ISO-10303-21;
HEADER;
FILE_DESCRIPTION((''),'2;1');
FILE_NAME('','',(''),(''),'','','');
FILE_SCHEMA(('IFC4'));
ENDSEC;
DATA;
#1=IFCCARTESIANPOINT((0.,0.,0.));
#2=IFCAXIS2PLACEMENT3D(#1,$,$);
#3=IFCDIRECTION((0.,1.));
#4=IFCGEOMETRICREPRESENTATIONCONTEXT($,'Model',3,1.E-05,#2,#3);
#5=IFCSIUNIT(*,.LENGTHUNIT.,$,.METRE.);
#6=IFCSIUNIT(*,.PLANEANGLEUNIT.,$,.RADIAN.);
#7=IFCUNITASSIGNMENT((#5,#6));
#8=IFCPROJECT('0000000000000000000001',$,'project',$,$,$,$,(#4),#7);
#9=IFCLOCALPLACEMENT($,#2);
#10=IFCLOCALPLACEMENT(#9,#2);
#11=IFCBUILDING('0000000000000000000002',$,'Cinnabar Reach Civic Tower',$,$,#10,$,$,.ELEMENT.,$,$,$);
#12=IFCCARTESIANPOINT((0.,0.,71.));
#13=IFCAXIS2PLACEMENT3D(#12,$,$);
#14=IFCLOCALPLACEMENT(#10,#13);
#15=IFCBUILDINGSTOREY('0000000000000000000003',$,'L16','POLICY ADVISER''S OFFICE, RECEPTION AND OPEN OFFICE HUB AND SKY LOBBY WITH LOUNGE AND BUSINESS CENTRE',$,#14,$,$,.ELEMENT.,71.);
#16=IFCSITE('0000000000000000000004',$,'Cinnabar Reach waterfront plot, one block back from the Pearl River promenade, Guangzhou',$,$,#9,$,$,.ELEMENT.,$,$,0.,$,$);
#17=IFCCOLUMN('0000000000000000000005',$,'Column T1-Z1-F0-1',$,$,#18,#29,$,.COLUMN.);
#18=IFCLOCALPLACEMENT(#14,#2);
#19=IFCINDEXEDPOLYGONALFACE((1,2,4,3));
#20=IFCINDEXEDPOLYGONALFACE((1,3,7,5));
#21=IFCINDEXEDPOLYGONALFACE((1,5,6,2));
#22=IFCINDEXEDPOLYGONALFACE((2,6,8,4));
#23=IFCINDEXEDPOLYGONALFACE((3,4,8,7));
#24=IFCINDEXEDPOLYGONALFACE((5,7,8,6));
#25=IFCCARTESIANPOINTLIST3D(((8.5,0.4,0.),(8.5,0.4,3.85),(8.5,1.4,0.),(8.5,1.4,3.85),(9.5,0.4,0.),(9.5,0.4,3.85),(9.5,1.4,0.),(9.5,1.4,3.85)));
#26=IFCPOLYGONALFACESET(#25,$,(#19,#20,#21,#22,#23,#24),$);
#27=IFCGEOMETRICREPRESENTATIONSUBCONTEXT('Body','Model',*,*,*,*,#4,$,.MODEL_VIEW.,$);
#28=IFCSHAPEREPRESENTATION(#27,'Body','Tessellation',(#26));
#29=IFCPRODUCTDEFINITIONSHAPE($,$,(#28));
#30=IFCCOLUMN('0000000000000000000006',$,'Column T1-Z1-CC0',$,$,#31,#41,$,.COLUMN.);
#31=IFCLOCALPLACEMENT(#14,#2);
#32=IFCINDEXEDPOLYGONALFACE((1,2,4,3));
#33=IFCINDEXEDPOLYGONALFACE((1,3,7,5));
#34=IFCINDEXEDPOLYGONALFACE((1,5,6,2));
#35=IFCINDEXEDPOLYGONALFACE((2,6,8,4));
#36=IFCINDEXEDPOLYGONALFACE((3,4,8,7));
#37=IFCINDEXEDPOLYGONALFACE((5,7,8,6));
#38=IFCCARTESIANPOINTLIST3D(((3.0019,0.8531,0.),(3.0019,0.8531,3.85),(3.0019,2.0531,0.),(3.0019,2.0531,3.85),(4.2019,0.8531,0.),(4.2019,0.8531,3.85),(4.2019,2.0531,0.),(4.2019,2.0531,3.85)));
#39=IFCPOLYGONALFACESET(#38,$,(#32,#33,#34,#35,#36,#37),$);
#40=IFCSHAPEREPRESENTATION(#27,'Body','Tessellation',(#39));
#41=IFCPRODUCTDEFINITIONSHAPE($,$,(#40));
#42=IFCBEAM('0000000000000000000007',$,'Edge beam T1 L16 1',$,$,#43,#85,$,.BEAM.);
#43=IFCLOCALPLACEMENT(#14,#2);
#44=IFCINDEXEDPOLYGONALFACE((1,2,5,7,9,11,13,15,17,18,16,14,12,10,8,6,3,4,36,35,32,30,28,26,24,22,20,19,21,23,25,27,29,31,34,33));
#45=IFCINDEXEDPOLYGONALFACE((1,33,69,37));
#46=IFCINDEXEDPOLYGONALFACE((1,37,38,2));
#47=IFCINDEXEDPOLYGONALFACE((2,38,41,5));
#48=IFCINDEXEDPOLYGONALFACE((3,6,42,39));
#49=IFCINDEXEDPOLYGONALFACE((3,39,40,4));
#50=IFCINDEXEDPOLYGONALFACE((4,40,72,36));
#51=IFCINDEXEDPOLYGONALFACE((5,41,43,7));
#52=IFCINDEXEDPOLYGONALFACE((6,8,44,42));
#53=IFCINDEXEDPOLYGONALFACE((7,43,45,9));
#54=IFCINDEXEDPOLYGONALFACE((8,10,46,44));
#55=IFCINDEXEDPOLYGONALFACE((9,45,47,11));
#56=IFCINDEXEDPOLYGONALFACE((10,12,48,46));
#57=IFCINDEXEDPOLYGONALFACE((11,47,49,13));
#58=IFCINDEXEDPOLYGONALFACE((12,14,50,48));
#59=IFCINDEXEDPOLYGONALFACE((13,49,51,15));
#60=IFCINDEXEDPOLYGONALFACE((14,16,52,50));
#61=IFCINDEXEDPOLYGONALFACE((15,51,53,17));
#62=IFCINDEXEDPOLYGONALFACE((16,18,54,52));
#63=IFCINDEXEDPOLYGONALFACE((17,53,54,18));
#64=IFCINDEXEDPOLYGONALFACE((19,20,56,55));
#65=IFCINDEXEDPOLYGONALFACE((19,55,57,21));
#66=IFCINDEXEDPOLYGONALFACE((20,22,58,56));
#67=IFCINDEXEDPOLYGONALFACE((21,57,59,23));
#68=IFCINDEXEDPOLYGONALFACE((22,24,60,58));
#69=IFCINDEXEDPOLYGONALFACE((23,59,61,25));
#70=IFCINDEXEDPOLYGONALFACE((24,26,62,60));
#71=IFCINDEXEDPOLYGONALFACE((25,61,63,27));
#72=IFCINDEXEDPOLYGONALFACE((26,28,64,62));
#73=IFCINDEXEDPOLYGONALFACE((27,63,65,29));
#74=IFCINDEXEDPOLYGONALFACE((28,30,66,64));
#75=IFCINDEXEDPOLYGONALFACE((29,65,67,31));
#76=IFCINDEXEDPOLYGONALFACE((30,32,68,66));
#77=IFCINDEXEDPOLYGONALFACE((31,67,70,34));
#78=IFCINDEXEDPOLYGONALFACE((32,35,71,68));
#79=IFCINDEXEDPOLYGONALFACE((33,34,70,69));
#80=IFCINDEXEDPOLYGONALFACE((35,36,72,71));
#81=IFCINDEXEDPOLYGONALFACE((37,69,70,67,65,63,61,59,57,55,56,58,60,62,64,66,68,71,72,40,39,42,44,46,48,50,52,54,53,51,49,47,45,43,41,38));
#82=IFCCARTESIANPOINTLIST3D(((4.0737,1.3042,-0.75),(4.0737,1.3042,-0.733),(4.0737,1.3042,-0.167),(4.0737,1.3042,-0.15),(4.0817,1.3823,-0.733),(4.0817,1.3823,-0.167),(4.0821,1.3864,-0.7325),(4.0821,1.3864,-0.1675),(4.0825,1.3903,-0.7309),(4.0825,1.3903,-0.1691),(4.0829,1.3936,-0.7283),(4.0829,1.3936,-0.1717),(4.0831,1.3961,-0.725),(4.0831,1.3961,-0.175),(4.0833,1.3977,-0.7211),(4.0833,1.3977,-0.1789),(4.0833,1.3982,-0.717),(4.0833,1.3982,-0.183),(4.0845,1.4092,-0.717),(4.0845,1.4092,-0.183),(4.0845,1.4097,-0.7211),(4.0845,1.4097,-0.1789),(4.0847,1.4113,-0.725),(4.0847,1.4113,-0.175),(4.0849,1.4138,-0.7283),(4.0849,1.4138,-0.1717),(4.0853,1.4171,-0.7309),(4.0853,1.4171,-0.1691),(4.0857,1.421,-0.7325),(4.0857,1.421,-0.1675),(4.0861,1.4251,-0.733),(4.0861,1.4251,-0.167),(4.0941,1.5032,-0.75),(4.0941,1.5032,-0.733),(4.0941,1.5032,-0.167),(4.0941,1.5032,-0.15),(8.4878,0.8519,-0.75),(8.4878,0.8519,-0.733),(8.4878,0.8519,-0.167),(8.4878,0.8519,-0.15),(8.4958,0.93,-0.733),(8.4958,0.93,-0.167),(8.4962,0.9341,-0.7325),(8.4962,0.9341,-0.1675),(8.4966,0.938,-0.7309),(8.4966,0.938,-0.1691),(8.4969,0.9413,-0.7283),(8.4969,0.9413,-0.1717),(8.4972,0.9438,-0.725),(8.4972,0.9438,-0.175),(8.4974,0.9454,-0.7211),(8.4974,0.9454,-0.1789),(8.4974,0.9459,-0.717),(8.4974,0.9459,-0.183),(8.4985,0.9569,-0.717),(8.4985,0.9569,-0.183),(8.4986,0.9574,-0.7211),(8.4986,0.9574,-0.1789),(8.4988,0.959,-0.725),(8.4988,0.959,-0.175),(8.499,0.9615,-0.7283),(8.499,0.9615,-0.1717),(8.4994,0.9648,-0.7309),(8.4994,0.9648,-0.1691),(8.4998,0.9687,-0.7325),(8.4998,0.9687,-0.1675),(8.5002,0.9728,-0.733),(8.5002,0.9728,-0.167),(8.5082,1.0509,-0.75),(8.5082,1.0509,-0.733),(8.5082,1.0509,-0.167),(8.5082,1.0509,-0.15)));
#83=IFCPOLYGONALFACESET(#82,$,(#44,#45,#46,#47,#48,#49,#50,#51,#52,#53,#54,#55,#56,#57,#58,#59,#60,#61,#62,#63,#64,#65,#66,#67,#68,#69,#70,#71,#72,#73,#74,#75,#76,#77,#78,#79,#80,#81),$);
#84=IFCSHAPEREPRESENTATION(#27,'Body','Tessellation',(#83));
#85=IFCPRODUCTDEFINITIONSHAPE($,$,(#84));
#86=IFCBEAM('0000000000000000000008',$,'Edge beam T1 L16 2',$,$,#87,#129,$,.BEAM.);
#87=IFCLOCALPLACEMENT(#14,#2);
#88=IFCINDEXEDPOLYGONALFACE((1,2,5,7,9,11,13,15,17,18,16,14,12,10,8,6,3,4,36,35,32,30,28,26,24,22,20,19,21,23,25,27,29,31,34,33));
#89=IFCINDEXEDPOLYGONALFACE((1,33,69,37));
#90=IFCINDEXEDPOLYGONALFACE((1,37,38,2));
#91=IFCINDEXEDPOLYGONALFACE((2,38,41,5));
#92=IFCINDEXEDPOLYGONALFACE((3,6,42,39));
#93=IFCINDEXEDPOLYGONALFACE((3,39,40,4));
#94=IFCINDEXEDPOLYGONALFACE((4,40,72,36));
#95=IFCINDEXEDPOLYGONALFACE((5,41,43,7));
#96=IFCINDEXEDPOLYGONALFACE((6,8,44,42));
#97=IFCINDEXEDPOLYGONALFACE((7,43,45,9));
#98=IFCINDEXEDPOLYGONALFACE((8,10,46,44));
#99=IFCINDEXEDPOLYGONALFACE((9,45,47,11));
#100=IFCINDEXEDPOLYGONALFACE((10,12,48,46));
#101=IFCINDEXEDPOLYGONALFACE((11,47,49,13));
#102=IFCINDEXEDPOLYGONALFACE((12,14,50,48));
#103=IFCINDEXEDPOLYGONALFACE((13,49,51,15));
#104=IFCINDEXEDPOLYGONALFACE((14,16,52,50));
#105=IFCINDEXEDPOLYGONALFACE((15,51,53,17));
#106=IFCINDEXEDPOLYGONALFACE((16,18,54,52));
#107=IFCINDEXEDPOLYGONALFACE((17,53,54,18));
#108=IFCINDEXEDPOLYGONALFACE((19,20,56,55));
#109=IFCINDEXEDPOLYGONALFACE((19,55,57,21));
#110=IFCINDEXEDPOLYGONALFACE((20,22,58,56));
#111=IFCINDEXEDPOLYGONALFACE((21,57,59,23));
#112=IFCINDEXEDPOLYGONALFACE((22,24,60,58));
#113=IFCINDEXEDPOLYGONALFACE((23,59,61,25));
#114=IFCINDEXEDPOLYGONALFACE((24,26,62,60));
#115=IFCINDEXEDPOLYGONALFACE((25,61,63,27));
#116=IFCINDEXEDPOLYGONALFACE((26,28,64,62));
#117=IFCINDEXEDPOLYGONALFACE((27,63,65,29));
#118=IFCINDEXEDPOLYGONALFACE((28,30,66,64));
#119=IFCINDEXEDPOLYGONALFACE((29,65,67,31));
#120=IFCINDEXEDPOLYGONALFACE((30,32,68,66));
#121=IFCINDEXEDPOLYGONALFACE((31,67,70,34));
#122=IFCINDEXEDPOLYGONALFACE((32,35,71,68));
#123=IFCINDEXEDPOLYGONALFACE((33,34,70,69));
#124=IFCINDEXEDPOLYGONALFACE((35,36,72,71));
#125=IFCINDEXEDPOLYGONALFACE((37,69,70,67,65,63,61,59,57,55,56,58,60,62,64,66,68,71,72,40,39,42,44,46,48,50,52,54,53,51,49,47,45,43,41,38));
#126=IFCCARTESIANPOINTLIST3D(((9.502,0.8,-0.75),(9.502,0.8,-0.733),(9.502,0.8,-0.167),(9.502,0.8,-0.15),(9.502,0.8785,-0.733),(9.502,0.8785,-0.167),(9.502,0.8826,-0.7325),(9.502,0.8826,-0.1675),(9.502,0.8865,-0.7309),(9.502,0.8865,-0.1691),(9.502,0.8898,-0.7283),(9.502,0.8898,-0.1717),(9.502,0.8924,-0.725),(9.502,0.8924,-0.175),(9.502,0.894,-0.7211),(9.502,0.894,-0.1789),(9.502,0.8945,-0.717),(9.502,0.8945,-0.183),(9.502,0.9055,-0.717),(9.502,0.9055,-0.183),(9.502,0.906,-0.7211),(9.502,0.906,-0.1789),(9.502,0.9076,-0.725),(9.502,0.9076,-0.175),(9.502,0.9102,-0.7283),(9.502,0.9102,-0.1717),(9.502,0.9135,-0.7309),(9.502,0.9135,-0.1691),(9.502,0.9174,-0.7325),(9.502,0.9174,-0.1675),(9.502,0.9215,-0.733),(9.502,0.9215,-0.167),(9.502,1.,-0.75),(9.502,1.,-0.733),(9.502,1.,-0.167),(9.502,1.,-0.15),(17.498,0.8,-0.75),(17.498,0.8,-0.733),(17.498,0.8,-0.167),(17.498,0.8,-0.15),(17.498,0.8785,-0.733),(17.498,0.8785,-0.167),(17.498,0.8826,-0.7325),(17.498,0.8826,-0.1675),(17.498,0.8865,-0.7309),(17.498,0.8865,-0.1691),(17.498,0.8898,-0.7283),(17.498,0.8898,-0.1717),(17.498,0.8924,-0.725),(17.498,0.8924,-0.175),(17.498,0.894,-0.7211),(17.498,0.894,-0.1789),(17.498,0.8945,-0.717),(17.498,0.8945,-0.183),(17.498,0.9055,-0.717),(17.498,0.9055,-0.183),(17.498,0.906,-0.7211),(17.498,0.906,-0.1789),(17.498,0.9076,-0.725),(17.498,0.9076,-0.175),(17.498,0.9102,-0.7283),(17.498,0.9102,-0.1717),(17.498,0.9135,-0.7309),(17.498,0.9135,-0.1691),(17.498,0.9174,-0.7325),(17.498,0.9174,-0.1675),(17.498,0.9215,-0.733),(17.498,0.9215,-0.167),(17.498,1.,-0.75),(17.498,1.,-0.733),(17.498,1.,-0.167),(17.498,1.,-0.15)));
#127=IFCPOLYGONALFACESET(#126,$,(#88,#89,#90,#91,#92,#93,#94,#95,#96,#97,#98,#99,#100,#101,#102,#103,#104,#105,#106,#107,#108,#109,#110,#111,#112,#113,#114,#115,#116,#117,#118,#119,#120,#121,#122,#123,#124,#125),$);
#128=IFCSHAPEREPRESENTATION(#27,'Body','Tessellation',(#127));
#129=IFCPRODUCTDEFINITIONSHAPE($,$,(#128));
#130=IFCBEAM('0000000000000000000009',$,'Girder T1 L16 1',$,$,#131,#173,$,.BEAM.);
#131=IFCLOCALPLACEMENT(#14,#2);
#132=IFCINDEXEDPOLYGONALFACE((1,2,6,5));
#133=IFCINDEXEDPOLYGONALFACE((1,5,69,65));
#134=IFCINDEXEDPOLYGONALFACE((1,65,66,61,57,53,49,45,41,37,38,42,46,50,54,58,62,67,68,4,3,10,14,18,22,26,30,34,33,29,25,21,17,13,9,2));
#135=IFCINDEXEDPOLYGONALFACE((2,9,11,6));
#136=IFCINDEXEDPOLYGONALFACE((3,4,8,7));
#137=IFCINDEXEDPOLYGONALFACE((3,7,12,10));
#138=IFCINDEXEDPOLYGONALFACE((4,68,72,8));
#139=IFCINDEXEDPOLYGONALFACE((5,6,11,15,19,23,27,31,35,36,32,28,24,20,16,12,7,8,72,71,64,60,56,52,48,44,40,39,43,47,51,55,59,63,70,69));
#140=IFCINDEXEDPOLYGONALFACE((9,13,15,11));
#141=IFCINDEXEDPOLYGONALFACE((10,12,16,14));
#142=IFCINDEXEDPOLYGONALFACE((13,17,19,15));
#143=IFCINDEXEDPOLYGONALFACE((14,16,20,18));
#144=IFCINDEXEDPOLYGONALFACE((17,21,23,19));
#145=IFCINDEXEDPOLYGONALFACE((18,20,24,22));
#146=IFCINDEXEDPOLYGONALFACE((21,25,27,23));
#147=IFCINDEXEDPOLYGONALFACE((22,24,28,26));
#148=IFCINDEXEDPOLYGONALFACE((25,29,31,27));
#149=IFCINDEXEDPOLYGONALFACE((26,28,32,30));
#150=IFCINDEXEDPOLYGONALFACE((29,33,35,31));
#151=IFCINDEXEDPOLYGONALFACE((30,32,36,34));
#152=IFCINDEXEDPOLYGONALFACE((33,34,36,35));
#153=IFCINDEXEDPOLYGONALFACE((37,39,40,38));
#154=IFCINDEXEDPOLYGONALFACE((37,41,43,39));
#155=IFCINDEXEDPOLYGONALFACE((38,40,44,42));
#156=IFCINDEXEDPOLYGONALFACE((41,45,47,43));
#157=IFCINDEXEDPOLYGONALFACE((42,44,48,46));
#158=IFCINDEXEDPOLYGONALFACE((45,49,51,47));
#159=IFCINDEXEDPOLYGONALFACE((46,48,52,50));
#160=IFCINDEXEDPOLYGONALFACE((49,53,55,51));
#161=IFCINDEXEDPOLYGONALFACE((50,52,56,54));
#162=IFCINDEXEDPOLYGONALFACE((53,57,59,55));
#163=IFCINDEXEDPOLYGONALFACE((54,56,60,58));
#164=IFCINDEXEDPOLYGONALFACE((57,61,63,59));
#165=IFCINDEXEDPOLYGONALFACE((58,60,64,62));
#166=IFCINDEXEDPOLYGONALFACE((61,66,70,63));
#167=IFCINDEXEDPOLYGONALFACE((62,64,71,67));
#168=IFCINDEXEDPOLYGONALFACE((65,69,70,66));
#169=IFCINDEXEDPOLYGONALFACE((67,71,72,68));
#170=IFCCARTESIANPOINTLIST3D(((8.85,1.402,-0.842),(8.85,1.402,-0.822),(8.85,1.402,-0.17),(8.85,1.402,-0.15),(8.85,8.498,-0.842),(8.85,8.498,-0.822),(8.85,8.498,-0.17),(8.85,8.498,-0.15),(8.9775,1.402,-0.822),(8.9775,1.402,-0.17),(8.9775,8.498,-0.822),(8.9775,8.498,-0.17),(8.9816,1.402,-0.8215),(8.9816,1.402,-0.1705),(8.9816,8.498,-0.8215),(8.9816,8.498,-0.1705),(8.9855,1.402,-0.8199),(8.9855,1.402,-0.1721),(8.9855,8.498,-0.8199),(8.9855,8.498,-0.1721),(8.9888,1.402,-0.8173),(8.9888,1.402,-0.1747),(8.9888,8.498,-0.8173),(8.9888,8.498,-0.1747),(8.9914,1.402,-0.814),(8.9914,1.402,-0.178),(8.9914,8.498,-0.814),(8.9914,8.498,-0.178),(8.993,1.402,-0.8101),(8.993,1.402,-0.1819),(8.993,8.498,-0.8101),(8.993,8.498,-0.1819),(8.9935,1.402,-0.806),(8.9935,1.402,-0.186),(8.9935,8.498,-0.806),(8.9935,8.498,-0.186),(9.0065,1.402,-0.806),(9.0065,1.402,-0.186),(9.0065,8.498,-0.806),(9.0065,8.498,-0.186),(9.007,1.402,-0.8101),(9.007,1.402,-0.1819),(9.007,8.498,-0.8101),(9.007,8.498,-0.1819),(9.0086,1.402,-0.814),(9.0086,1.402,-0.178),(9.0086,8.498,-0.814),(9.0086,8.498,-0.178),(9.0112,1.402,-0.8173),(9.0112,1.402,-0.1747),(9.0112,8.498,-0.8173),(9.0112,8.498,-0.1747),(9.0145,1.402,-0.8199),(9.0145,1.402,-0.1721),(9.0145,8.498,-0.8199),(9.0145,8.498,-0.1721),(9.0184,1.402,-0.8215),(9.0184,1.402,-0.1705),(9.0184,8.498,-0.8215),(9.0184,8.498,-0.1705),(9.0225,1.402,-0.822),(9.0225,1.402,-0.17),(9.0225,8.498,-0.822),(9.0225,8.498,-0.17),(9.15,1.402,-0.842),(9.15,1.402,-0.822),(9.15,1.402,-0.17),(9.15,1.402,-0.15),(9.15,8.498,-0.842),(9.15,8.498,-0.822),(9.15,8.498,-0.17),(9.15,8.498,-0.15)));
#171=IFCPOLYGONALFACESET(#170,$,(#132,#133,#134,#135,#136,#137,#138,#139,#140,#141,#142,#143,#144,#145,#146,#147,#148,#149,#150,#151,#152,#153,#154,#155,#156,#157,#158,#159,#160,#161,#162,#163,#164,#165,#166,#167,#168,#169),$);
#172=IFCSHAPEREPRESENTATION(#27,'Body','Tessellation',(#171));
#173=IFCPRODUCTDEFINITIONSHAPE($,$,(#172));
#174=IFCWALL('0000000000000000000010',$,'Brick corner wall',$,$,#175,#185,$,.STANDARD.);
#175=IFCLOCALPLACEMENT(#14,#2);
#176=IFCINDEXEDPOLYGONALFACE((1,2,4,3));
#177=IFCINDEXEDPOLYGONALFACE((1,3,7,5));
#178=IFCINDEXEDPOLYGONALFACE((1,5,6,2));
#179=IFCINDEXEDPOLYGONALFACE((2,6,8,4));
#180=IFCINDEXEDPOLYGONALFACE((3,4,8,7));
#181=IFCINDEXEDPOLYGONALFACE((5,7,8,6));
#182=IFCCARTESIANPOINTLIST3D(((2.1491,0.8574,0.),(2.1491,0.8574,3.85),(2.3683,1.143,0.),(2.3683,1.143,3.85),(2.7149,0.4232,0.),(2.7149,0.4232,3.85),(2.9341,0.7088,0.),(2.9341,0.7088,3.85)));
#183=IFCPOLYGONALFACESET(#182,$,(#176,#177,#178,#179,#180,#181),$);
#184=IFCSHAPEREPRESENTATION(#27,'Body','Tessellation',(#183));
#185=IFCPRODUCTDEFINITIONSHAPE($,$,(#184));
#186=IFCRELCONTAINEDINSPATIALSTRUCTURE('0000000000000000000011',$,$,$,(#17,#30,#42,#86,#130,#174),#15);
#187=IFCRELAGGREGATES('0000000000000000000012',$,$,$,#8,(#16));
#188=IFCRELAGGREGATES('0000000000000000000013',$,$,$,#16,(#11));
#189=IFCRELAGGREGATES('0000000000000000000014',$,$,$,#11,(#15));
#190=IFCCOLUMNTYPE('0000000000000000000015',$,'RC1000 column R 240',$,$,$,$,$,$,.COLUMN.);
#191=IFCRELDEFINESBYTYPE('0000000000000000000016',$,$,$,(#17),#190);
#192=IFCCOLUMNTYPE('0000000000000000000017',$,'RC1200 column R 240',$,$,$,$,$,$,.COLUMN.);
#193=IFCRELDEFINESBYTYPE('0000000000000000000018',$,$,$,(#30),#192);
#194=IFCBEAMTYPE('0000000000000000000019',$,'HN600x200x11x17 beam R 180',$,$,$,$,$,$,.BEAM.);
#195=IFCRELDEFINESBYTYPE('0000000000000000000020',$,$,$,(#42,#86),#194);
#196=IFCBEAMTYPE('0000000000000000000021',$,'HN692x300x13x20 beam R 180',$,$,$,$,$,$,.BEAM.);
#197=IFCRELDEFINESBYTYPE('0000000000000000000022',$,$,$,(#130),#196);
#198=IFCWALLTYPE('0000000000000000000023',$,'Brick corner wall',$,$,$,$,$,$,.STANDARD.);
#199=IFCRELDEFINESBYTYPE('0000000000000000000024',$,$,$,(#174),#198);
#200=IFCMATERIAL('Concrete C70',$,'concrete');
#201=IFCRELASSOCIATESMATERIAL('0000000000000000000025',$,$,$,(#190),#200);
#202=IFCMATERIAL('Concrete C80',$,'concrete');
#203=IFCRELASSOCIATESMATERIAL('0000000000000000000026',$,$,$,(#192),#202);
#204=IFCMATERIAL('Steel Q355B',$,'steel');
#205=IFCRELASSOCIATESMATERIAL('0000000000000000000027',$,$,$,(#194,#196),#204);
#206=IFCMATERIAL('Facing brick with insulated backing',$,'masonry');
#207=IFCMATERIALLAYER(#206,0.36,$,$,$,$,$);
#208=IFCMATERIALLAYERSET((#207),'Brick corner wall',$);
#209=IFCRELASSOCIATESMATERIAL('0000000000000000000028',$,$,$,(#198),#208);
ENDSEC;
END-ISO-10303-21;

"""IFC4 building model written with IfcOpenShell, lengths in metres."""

from ifc_helpers import new_model, si_unit, direction, frame, frame_2d, origin, origin_2d, place, context, subcontext, project, spatial, rectangle, i_section, extrude, material, layer, layer_set, material_profile, profile_set, type_object, element, save


model = new_model("IFC4")

# Units and contexts
model_context = context("Model", 3, precision=1e-05, world=origin(), true_north=direction((0.0, 1.0)))
body_context = subcontext(model_context, "Body", "Model", "MODEL_VIEW")
ifc_project = project(units=[si_unit("LENGTHUNIT", "METRE"), si_unit("PLANEANGLEUNIT", "RADIAN")], contexts=[model_context])

# Site, building, storey
site_placement = place(None, origin())
site = spatial("IfcSite", under=ifc_project, at=site_placement, Name="Cinnabar Reach waterfront plot, one block back from the Pearl River promenade, Guangzhou", CompositionType="ELEMENT", RefElevation=0.0)
building_placement = place(site_placement, origin())
building = spatial("IfcBuilding", under=site, at=building_placement, Name="Cinnabar Reach Civic Tower", CompositionType="ELEMENT")
storey_placement = place(building_placement, frame((0.0, 0.0, 71.0)))
storey = spatial("IfcBuildingStorey", under=building, at=storey_placement, Name="L16", Description="POLICY ADVISER'S OFFICE, RECEPTION AND OPEN OFFICE HUB AND SKY LOBBY WITH LOUNGE AND BUSINESS CENTRE", CompositionType="ELEMENT", Elevation=71.0)

# Columns
ifc_material_1 = material(Name="Concrete C70", Category="concrete")
ifc_material_profile_1 = material_profile(ifc_material_1, rectangle(XDim=1.0, YDim=1.0, at=origin_2d()), Name="RC1000")
ifc_profile_set_1 = profile_set([ifc_material_profile_1], Name="Concrete C70")
column_type_1 = type_object("IfcColumnType", Name="RC1000 column R 240", PredefinedType="COLUMN", material=ifc_profile_set_1)
column_1_placement = place(storey_placement, frame((9.0, 0.9, 0.0), z_axis=(0.0, 0.0, 1.0), x_axis=(1.0, 0.0, 0.0)))
element("IfcColumn", 1, at=column_1_placement, inside=storey, type_object=column_type_1, Name="Column T1-Z1-F0-1", PredefinedType="COLUMN", context=body_context, shape_type="SweptSolid", body=[
    extrude(rectangle(XDim=1.0, YDim=1.0, at=origin_2d()), origin(), (0.0, 0.0, 1.0), 3.85),
])
ifc_material_2 = material(Name="Concrete C80", Category="concrete")
ifc_material_profile_2 = material_profile(ifc_material_2, rectangle(XDim=1.2, YDim=1.2, at=origin_2d()), Name="RC1200")
ifc_profile_set_2 = profile_set([ifc_material_profile_2], Name="Concrete C80")
column_type_2 = type_object("IfcColumnType", Name="RC1200 column R 240", PredefinedType="COLUMN", material=ifc_profile_set_2)
column_2_placement = place(storey_placement, frame((3.6019, 1.4531, 0.0), z_axis=(0.0, 0.0, 1.0), x_axis=(1.0, 0.0, 0.0)))
element("IfcColumn", 2, at=column_2_placement, inside=storey, type_object=column_type_2, Name="Column T1-Z1-CC0", PredefinedType="COLUMN", context=body_context, shape_type="SweptSolid", body=[
    extrude(rectangle(XDim=1.2, YDim=1.2, at=origin_2d()), origin(), (0.0, 0.0, 1.0), 3.85),
])

# Beams
ifc_material_3 = material(Name="Steel Q355B", Category="steel")
ifc_material_profile_3 = material_profile(ifc_material_3, i_section(OverallWidth=0.2, OverallDepth=0.6, WebThickness=0.011, FlangeThickness=0.017, FilletRadius=0.016, at=origin_2d()), Name="HN600x200x11x17")
ifc_profile_set_3 = profile_set([ifc_material_profile_3], Name="Steel Q355B")
beam_type_1 = type_object("IfcBeamType", Name="HN600x200x11x17 beam R 180", PredefinedType="BEAM", material=ifc_profile_set_3)
beam_1_placement = place(storey_placement, frame((4.0839, 1.4037, -0.45), z_axis=(0.994791, -0.101933, 0.0), x_axis=(0.101933, 0.994791, 0.0)))
element("IfcBeam", 3, at=beam_1_placement, inside=storey, type_object=beam_type_1, Name="Edge beam T1 L16 1", PredefinedType="BEAM", context=body_context, shape_type="SweptSolid", body=[
    extrude(i_section(OverallWidth=0.2, OverallDepth=0.6, WebThickness=0.011, FlangeThickness=0.017, FilletRadius=0.016, at=origin_2d()), origin(), (0.0, 0.0, 1.0), 4.4372),
])
beam_2_placement = place(storey_placement, frame((9.502, 0.9, -0.45), z_axis=(1.0, 0.0, 0.0), x_axis=(0.0, 1.0, 0.0)))
element("IfcBeam", 4, at=beam_2_placement, inside=storey, type_object=beam_type_1, Name="Edge beam T1 L16 2", PredefinedType="BEAM", context=body_context, shape_type="SweptSolid", body=[
    extrude(i_section(OverallWidth=0.2, OverallDepth=0.6, WebThickness=0.011, FlangeThickness=0.017, FilletRadius=0.016, at=origin_2d()), origin(), (0.0, 0.0, 1.0), 7.996),
])
ifc_material_profile_4 = material_profile(ifc_material_3, i_section(OverallWidth=0.3, OverallDepth=0.692, WebThickness=0.013, FlangeThickness=0.02, FilletRadius=0.016, at=origin_2d()), Name="HN692x300x13x20")
ifc_profile_set_4 = profile_set([ifc_material_profile_4], Name="Steel Q355B")
beam_type_2 = type_object("IfcBeamType", Name="HN692x300x13x20 beam R 180", PredefinedType="BEAM", material=ifc_profile_set_4)
beam_3_placement = place(storey_placement, frame((9.0, 1.402, -0.496), z_axis=(0.0, 1.0, 0.0), x_axis=(-1.0, 0.0, 0.0)))
element("IfcBeam", 5, at=beam_3_placement, inside=storey, type_object=beam_type_2, Name="Girder T1 L16 1", PredefinedType="BEAM", context=body_context, shape_type="SweptSolid", body=[
    extrude(i_section(OverallWidth=0.3, OverallDepth=0.692, WebThickness=0.013, FlangeThickness=0.02, FilletRadius=0.016, at=origin_2d()), origin(), (0.0, 0.0, 1.0), 7.096),
])

# Wall
ifc_material_4 = material(Name="Facing brick with insulated backing", Category="masonry")
ifc_layer_1 = layer(ifc_material_4, 0.36)
ifc_layer_set_1 = layer_set([ifc_layer_1], Name="Brick corner wall")
wall_type_1 = type_object("IfcWallType", Name="Brick corner wall", PredefinedType="STANDARD", material=ifc_layer_set_1)
wall_1_placement = place(storey_placement, frame((2.2587, 1.0002, 0.0), z_axis=(0.0, 0.0, 1.0), x_axis=(0.793322, -0.608802, 0.0)))
element("IfcWall", 6, at=wall_1_placement, inside=storey, type_object=wall_type_1, Name="Brick corner wall", PredefinedType="STANDARD", context=body_context, shape_type="SweptSolid", body=[
    extrude(rectangle(XDim=0.7132, YDim=0.36, at=frame_2d((0.3566, 0.0))), origin(), (0.0, 0.0, 1.0), 3.85),
])

save(model, "model.ifc")
